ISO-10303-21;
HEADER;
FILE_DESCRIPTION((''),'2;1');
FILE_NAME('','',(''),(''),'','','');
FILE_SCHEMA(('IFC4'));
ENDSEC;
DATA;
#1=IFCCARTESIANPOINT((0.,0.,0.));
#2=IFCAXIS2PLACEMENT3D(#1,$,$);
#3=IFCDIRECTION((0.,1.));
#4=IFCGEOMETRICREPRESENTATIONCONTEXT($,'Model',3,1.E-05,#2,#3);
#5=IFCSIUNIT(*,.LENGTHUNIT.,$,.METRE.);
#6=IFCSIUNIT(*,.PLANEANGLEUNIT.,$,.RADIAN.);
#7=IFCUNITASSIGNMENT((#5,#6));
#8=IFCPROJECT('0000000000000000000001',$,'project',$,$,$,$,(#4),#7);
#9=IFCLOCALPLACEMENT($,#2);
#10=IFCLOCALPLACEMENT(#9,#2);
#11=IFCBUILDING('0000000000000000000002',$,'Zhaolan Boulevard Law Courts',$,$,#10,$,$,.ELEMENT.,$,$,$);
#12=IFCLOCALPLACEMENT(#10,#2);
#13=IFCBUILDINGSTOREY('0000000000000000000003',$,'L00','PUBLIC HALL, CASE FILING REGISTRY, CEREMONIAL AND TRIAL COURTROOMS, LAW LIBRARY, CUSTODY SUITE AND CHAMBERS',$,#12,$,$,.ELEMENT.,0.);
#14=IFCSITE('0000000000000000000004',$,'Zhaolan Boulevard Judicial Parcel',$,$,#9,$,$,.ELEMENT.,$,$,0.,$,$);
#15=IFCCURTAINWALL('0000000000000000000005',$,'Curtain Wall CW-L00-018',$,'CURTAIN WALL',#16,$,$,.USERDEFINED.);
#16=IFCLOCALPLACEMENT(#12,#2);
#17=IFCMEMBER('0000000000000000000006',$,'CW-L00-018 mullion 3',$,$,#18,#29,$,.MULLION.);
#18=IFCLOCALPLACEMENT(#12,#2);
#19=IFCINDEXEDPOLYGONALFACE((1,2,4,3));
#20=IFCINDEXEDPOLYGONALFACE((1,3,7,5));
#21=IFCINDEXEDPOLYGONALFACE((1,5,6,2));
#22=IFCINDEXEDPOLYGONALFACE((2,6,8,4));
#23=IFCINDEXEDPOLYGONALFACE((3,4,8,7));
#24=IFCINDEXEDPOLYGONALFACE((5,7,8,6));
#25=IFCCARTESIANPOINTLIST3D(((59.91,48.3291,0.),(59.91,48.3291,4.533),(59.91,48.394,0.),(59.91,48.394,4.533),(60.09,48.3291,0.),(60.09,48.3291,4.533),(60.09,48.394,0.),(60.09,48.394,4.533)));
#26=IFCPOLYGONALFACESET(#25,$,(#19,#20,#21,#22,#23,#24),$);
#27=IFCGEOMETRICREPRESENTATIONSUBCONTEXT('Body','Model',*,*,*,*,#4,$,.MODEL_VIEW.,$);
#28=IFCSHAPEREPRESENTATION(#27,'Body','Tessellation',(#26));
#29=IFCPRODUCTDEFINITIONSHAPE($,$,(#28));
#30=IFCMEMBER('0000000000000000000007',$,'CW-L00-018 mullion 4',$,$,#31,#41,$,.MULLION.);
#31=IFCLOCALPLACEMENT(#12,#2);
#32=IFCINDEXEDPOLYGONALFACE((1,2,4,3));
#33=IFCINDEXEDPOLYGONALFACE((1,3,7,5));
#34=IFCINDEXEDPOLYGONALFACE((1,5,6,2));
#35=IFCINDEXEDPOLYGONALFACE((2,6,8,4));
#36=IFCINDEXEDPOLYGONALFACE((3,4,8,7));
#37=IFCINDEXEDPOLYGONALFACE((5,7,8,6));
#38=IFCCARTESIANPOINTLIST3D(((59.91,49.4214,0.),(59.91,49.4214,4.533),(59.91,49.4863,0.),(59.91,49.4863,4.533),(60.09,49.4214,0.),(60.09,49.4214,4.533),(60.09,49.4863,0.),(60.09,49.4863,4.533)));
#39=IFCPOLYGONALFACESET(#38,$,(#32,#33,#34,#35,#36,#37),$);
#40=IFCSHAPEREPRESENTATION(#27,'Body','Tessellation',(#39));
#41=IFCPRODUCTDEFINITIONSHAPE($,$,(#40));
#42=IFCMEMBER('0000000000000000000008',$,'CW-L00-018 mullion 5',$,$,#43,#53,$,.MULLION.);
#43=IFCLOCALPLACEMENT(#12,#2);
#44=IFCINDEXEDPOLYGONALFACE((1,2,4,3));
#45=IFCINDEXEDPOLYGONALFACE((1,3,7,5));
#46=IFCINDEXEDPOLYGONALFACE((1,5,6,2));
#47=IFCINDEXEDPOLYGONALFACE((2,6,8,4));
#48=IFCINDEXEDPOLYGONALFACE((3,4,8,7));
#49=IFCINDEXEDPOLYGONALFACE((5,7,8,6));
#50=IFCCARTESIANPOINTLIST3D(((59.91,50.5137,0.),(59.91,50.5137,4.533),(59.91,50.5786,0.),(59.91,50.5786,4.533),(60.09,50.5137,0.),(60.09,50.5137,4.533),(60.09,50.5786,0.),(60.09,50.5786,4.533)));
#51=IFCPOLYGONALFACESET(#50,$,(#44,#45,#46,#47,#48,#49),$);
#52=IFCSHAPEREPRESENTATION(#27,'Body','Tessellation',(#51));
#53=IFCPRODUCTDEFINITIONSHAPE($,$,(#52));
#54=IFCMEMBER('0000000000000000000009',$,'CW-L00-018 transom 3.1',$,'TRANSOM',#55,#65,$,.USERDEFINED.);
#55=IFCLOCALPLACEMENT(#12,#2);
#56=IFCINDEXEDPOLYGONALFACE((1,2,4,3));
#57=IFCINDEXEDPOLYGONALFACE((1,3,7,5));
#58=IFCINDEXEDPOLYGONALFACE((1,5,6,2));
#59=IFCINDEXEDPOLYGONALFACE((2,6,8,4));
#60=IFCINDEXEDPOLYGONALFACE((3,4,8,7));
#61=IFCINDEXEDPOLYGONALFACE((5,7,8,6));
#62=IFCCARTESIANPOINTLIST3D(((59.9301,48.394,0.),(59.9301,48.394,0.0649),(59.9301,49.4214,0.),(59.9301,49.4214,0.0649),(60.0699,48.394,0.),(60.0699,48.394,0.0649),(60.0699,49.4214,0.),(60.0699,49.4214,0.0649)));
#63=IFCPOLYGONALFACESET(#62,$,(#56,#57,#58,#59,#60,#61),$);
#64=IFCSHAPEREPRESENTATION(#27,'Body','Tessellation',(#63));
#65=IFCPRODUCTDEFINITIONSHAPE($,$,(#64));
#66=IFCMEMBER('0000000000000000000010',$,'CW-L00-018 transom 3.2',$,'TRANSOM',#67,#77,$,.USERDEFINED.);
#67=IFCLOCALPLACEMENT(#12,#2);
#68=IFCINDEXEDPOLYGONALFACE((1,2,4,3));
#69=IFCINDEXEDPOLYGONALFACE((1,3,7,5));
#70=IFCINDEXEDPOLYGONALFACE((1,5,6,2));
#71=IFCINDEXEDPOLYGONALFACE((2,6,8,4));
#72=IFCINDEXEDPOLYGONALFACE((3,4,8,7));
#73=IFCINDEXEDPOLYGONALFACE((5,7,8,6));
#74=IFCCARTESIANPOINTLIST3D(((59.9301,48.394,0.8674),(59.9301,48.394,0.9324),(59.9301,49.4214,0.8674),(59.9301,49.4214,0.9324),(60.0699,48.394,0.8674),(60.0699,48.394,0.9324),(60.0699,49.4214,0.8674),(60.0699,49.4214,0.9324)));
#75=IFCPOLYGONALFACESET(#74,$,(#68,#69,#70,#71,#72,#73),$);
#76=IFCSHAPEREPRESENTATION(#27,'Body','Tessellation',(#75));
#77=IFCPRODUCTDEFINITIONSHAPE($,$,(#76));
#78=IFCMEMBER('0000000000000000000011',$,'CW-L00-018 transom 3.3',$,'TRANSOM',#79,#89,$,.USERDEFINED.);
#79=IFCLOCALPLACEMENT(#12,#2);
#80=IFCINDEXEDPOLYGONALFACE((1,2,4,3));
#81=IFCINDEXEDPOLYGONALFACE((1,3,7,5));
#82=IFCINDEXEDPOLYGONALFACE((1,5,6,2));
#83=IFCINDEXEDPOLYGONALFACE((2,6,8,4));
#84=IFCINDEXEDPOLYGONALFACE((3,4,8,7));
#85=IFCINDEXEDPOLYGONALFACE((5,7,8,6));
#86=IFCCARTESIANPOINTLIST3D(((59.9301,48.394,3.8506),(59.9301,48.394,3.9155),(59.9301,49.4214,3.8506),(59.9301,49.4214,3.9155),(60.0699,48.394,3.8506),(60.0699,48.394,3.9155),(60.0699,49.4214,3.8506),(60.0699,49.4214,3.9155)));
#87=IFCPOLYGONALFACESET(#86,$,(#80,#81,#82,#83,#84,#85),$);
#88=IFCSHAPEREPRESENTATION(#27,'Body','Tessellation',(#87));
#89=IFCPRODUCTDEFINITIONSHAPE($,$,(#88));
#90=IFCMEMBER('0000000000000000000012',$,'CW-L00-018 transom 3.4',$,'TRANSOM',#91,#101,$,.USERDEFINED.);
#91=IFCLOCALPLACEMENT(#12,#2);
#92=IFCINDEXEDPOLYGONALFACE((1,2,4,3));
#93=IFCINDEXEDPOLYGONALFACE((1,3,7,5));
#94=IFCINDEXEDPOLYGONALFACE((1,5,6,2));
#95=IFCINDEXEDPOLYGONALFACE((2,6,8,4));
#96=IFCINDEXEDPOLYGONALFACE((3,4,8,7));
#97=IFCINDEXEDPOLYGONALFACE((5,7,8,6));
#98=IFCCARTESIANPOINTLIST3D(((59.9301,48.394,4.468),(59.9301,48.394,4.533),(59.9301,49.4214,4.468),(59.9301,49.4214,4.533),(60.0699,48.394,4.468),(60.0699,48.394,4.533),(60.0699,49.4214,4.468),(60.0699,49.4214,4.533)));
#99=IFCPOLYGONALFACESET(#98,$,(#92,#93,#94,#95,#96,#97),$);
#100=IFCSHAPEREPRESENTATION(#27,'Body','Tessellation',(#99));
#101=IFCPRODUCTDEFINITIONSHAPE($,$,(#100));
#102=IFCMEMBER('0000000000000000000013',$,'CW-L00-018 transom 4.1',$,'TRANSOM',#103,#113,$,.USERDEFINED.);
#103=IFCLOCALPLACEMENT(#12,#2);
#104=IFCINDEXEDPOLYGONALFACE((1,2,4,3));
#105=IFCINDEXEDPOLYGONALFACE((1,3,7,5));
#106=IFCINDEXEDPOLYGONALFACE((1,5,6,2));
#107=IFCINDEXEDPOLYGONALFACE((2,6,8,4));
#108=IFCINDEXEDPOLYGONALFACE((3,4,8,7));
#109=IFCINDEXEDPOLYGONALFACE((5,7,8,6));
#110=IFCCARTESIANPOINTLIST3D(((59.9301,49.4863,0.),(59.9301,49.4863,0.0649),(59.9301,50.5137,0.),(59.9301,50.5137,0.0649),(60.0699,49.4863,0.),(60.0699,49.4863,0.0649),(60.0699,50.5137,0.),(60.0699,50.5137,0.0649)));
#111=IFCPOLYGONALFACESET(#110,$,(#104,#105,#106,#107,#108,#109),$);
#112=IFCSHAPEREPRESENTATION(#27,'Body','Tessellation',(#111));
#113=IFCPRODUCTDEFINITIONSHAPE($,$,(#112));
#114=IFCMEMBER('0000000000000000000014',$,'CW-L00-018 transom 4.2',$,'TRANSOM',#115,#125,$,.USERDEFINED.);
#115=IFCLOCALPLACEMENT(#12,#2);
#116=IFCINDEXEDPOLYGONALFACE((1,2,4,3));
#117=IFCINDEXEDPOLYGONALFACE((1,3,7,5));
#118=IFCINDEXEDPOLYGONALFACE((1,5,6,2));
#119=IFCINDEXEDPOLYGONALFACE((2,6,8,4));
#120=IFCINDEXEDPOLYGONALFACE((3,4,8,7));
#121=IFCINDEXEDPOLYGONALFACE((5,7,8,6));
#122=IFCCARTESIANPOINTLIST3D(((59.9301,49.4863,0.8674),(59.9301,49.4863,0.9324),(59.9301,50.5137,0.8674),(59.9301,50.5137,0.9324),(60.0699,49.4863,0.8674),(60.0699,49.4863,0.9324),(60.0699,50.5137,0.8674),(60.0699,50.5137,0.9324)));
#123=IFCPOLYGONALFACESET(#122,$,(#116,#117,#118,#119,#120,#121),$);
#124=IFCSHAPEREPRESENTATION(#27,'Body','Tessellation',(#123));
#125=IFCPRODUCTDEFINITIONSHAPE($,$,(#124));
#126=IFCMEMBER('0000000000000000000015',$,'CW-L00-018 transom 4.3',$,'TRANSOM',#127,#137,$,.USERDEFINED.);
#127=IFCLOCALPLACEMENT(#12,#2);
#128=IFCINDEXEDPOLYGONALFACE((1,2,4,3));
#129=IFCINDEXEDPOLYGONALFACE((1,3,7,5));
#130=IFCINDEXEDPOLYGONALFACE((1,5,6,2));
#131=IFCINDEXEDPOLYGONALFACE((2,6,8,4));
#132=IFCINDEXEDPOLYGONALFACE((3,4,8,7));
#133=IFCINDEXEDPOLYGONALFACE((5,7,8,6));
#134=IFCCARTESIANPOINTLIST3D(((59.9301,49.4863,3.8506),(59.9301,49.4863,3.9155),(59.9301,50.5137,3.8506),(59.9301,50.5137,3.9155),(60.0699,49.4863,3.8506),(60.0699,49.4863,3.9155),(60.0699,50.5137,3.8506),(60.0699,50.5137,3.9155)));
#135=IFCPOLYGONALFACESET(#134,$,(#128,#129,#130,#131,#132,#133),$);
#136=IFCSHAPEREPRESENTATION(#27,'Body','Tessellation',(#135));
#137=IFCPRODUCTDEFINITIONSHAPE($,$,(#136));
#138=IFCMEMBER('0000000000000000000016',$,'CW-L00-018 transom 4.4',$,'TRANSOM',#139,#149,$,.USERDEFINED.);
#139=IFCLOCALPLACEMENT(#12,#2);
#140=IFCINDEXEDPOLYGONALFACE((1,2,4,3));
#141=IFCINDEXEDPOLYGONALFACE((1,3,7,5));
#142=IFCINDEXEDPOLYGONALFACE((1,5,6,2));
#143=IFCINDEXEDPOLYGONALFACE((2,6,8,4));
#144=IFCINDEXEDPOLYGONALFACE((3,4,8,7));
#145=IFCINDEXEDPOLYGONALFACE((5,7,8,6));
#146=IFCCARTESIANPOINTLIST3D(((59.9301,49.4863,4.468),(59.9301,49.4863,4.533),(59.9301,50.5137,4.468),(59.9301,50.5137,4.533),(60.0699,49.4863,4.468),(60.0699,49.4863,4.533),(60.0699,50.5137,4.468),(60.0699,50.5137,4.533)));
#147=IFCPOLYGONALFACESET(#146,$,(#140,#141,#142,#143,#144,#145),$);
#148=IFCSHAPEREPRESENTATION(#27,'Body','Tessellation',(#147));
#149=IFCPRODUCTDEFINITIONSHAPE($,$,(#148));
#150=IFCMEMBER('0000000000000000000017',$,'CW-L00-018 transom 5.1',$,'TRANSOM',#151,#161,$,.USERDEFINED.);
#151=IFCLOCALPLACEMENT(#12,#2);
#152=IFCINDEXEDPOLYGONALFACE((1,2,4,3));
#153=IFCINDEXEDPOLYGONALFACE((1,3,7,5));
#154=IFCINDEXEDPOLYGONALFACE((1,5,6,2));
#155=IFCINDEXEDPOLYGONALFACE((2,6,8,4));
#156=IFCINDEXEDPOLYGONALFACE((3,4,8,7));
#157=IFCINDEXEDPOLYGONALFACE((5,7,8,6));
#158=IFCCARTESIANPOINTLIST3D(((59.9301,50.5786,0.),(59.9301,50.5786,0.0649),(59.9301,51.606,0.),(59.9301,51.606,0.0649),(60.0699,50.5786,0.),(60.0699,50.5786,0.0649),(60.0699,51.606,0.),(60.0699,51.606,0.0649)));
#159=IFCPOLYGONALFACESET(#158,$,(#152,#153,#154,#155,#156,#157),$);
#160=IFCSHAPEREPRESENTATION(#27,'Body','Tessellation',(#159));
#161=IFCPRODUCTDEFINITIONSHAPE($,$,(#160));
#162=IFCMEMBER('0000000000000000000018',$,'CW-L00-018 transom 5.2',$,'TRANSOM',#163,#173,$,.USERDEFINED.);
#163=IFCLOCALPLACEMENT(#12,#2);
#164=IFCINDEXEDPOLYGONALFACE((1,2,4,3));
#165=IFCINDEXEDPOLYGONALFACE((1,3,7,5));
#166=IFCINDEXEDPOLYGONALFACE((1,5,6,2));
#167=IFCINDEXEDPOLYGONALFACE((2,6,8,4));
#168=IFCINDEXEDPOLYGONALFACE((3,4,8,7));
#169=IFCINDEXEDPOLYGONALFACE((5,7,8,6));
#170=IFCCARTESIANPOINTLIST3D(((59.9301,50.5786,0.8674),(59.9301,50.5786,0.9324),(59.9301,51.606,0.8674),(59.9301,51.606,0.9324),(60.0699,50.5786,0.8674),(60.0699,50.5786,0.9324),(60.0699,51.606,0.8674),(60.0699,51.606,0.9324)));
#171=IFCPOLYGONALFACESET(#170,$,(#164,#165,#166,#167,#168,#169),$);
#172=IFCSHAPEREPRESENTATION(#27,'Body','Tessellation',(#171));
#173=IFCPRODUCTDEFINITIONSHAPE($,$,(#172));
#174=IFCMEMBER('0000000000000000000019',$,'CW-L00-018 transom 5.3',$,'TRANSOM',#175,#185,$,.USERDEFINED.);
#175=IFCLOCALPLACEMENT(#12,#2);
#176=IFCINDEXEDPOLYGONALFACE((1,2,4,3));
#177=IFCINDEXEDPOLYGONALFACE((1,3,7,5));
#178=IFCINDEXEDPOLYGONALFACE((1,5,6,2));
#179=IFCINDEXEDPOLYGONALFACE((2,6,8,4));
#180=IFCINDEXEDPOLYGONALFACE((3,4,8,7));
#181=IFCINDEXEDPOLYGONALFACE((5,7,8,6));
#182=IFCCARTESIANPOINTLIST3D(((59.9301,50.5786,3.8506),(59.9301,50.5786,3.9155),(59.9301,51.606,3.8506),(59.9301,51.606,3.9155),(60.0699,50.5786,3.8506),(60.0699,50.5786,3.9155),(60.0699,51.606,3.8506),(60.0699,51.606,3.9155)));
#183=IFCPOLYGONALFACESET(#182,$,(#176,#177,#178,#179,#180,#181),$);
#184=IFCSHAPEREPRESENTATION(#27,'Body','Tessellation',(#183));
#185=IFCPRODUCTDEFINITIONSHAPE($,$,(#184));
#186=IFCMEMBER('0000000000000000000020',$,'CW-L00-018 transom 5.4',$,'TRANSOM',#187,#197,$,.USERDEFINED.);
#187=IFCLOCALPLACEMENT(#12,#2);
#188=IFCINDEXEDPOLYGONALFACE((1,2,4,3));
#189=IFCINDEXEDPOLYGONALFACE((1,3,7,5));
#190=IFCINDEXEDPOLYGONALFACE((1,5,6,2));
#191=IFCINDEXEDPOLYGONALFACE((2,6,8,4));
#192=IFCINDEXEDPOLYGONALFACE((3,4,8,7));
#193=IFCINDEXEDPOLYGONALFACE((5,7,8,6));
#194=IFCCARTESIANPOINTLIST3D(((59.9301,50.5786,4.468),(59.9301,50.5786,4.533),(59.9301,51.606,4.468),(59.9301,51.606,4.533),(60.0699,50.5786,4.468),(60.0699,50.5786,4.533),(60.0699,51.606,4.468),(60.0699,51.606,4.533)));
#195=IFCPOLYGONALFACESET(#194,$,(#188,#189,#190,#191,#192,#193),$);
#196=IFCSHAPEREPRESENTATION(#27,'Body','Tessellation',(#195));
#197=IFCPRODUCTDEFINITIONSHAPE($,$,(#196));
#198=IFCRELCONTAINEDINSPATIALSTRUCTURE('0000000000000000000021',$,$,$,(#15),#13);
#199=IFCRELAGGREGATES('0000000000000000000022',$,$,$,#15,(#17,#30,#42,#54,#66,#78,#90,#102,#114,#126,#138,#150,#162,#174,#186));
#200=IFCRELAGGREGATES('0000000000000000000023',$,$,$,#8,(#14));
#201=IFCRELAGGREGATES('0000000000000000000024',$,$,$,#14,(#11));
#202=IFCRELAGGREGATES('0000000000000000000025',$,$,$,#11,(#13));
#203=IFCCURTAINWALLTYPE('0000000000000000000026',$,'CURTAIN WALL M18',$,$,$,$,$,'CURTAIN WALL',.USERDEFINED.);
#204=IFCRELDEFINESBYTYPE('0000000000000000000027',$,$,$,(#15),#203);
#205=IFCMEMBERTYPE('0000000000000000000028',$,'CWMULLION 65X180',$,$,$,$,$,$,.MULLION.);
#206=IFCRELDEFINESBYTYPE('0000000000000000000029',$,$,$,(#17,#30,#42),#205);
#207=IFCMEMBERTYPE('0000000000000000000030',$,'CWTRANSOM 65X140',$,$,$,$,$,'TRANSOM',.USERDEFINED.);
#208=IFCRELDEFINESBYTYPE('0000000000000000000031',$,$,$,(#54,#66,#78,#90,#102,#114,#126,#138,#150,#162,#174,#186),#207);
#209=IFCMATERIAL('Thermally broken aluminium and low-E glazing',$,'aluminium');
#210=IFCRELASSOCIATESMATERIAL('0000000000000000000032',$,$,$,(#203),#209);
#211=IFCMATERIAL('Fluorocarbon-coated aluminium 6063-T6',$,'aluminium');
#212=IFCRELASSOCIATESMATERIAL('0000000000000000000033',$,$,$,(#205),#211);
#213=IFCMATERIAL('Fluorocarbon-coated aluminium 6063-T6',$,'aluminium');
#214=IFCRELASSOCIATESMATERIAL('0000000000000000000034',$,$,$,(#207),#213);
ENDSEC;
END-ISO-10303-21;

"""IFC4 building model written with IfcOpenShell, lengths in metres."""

from ifc_helpers import new_model, si_unit, direction, frame, origin, origin_2d, place, context, subcontext, project, spatial, rectangle, extrude, material, material_profile, profile_set, type_object, element, aggregate, save


model = new_model("IFC4")

# Units and contexts
model_context = context("Model", 3, precision=1e-05, world=origin(), true_north=direction((0.0, 1.0)))
body_context = subcontext(model_context, "Body", "Model", "MODEL_VIEW")
ifc_project = project(units=[si_unit("LENGTHUNIT", "METRE"), si_unit("PLANEANGLEUNIT", "RADIAN")], contexts=[model_context])

# Site, building, storey
site_placement = place(None, origin())
site = spatial("IfcSite", under=ifc_project, at=site_placement, Name="Zhaolan Boulevard Judicial Parcel", CompositionType="ELEMENT", RefElevation=0.0)
building_placement = place(site_placement, origin())
building = spatial("IfcBuilding", under=site, at=building_placement, Name="Zhaolan Boulevard Law Courts", CompositionType="ELEMENT")
storey_placement = place(building_placement, origin())
storey = spatial("IfcBuildingStorey", under=building, at=storey_placement, Name="L00", Description="PUBLIC HALL, CASE FILING REGISTRY, CEREMONIAL AND TRIAL COURTROOMS, LAW LIBRARY, CUSTODY SUITE AND CHAMBERS", CompositionType="ELEMENT", Elevation=0.0)

# Curtain wall, members
ifc_material_1 = material(Name="Thermally broken aluminium and low-E glazing", Category="aluminium")
curtain_wall_type = type_object("IfcCurtainWallType", Name="CURTAIN WALL M18", ElementType="CURTAIN WALL", PredefinedType="USERDEFINED", material=ifc_material_1)
curtain_wall_placement = place(storey_placement, origin())
curtain_wall = element("IfcCurtainWall", 1, at=curtain_wall_placement, inside=storey, type_object=curtain_wall_type, Name="Curtain Wall CW-L00-018", ObjectType="CURTAIN WALL", PredefinedType="USERDEFINED")
ifc_material_2 = material(Name="Fluorocarbon-coated aluminium 6063-T6", Category="aluminium")
ifc_material_profile_1 = material_profile(ifc_material_2, rectangle(XDim=0.1799, YDim=0.0649, at=origin_2d()), Name="AL65x180")
ifc_profile_set_1 = profile_set([ifc_material_profile_1], Name="Fluorocarbon-coated aluminium 6063-T6")
member_type_1 = type_object("IfcMemberType", Name="CWMULLION 65X180", PredefinedType="MULLION", material=ifc_profile_set_1)
member_1_placement = place(storey_placement, frame((60.0, 48.3616, 0.0), z_axis=(0.0, 0.0, 1.0), x_axis=(-1.0, 0.0, 0.0)))
member_1 = element("IfcMember", 2, at=member_1_placement, type_object=member_type_1, Name="CW-L00-018 mullion 3", PredefinedType="MULLION", context=body_context, shape_type="SweptSolid", body=[
    extrude(rectangle(XDim=0.1799, YDim=0.0649, at=origin_2d()), origin(), (0.0, 0.0, 1.0), 4.533),
])
member_2_placement = place(storey_placement, frame((60.0, 49.4539, 0.0), z_axis=(0.0, 0.0, 1.0), x_axis=(-1.0, 0.0, 0.0)))
member_2 = element("IfcMember", 3, at=member_2_placement, type_object=member_type_1, Name="CW-L00-018 mullion 4", PredefinedType="MULLION", context=body_context, shape_type="SweptSolid", body=[
    extrude(rectangle(XDim=0.1799, YDim=0.0649, at=origin_2d()), origin(), (0.0, 0.0, 1.0), 4.533),
])
member_3_placement = place(storey_placement, frame((60.0, 50.5461, 0.0), z_axis=(0.0, 0.0, 1.0), x_axis=(-1.0, 0.0, 0.0)))
member_3 = element("IfcMember", 4, at=member_3_placement, type_object=member_type_1, Name="CW-L00-018 mullion 5", PredefinedType="MULLION", context=body_context, shape_type="SweptSolid", body=[
    extrude(rectangle(XDim=0.1799, YDim=0.0649, at=origin_2d()), origin(), (0.0, 0.0, 1.0), 4.533),
])
ifc_material_3 = material(Name="Fluorocarbon-coated aluminium 6063-T6", Category="aluminium")
ifc_material_profile_2 = material_profile(ifc_material_3, rectangle(XDim=0.1399, YDim=0.0649, at=origin_2d()), Name="AL65x140")
ifc_profile_set_2 = profile_set([ifc_material_profile_2], Name="Fluorocarbon-coated aluminium 6063-T6")
member_type_2 = type_object("IfcMemberType", Name="CWTRANSOM 65X140", ElementType="TRANSOM", PredefinedType="USERDEFINED", material=ifc_profile_set_2)
member_4_placement = place(storey_placement, frame((60.0, 48.394, 0.0325), z_axis=(0.0, 1.0, 0.0), x_axis=(-1.0, 0.0, 0.0)))
member_4 = element("IfcMember", 5, at=member_4_placement, type_object=member_type_2, Name="CW-L00-018 transom 3.1", ObjectType="TRANSOM", PredefinedType="USERDEFINED", context=body_context, shape_type="SweptSolid", body=[
    extrude(rectangle(XDim=0.1399, YDim=0.0649, at=origin_2d()), origin(), (0.0, 0.0, 1.0), 1.0273),
])
member_5_placement = place(storey_placement, frame((60.0, 48.394, 0.8999), z_axis=(0.0, 1.0, 0.0), x_axis=(-1.0, 0.0, 0.0)))
member_5 = element("IfcMember", 6, at=member_5_placement, type_object=member_type_2, Name="CW-L00-018 transom 3.2", ObjectType="TRANSOM", PredefinedType="USERDEFINED", context=body_context, shape_type="SweptSolid", body=[
    extrude(rectangle(XDim=0.1399, YDim=0.0649, at=origin_2d()), origin(), (0.0, 0.0, 1.0), 1.0273),
])
member_6_placement = place(storey_placement, frame((60.0, 48.394, 3.8831), z_axis=(0.0, 1.0, 0.0), x_axis=(-1.0, 0.0, 0.0)))
member_6 = element("IfcMember", 7, at=member_6_placement, type_object=member_type_2, Name="CW-L00-018 transom 3.3", ObjectType="TRANSOM", PredefinedType="USERDEFINED", context=body_context, shape_type="SweptSolid", body=[
    extrude(rectangle(XDim=0.1399, YDim=0.0649, at=origin_2d()), origin(), (0.0, 0.0, 1.0), 1.0273),
])
member_7_placement = place(storey_placement, frame((60.0, 48.394, 4.5005), z_axis=(0.0, 1.0, 0.0), x_axis=(-1.0, 0.0, 0.0)))
member_7 = element("IfcMember", 8, at=member_7_placement, type_object=member_type_2, Name="CW-L00-018 transom 3.4", ObjectType="TRANSOM", PredefinedType="USERDEFINED", context=body_context, shape_type="SweptSolid", body=[
    extrude(rectangle(XDim=0.1399, YDim=0.0649, at=origin_2d()), origin(), (0.0, 0.0, 1.0), 1.0273),
])
member_8_placement = place(storey_placement, frame((60.0, 49.4863, 0.0325), z_axis=(0.0, 1.0, 0.0), x_axis=(-1.0, 0.0, 0.0)))
member_8 = element("IfcMember", 9, at=member_8_placement, type_object=member_type_2, Name="CW-L00-018 transom 4.1", ObjectType="TRANSOM", PredefinedType="USERDEFINED", context=body_context, shape_type="SweptSolid", body=[
    extrude(rectangle(XDim=0.1399, YDim=0.0649, at=origin_2d()), origin(), (0.0, 0.0, 1.0), 1.0273),
])
member_9_placement = place(storey_placement, frame((60.0, 49.4863, 0.8999), z_axis=(0.0, 1.0, 0.0), x_axis=(-1.0, 0.0, 0.0)))
member_9 = element("IfcMember", 10, at=member_9_placement, type_object=member_type_2, Name="CW-L00-018 transom 4.2", ObjectType="TRANSOM", PredefinedType="USERDEFINED", context=body_context, shape_type="SweptSolid", body=[
    extrude(rectangle(XDim=0.1399, YDim=0.0649, at=origin_2d()), origin(), (0.0, 0.0, 1.0), 1.0273),
])
member_10_placement = place(storey_placement, frame((60.0, 49.4863, 3.8831), z_axis=(0.0, 1.0, 0.0), x_axis=(-1.0, 0.0, 0.0)))
member_10 = element("IfcMember", 11, at=member_10_placement, type_object=member_type_2, Name="CW-L00-018 transom 4.3", ObjectType="TRANSOM", PredefinedType="USERDEFINED", context=body_context, shape_type="SweptSolid", body=[
    extrude(rectangle(XDim=0.1399, YDim=0.0649, at=origin_2d()), origin(), (0.0, 0.0, 1.0), 1.0273),
])
member_11_placement = place(storey_placement, frame((60.0, 49.4863, 4.5005), z_axis=(0.0, 1.0, 0.0), x_axis=(-1.0, 0.0, 0.0)))
member_11 = element("IfcMember", 12, at=member_11_placement, type_object=member_type_2, Name="CW-L00-018 transom 4.4", ObjectType="TRANSOM", PredefinedType="USERDEFINED", context=body_context, shape_type="SweptSolid", body=[
    extrude(rectangle(XDim=0.1399, YDim=0.0649, at=origin_2d()), origin(), (0.0, 0.0, 1.0), 1.0273),
])
member_12_placement = place(storey_placement, frame((60.0, 50.5786, 0.0325), z_axis=(0.0, 1.0, 0.0), x_axis=(-1.0, 0.0, 0.0)))
member_12 = element("IfcMember", 13, at=member_12_placement, type_object=member_type_2, Name="CW-L00-018 transom 5.1", ObjectType="TRANSOM", PredefinedType="USERDEFINED", context=body_context, shape_type="SweptSolid", body=[
    extrude(rectangle(XDim=0.1399, YDim=0.0649, at=origin_2d()), origin(), (0.0, 0.0, 1.0), 1.0273),
])
member_13_placement = place(storey_placement, frame((60.0, 50.5786, 0.8999), z_axis=(0.0, 1.0, 0.0), x_axis=(-1.0, 0.0, 0.0)))
member_13 = element("IfcMember", 14, at=member_13_placement, type_object=member_type_2, Name="CW-L00-018 transom 5.2", ObjectType="TRANSOM", PredefinedType="USERDEFINED", context=body_context, shape_type="SweptSolid", body=[
    extrude(rectangle(XDim=0.1399, YDim=0.0649, at=origin_2d()), origin(), (0.0, 0.0, 1.0), 1.0273),
])
member_14_placement = place(storey_placement, frame((60.0, 50.5786, 3.8831), z_axis=(0.0, 1.0, 0.0), x_axis=(-1.0, 0.0, 0.0)))
member_14 = element("IfcMember", 15, at=member_14_placement, type_object=member_type_2, Name="CW-L00-018 transom 5.3", ObjectType="TRANSOM", PredefinedType="USERDEFINED", context=body_context, shape_type="SweptSolid", body=[
    extrude(rectangle(XDim=0.1399, YDim=0.0649, at=origin_2d()), origin(), (0.0, 0.0, 1.0), 1.0273),
])
member_15_placement = place(storey_placement, frame((60.0, 50.5786, 4.5005), z_axis=(0.0, 1.0, 0.0), x_axis=(-1.0, 0.0, 0.0)))
member_15 = element("IfcMember", 16, at=member_15_placement, type_object=member_type_2, Name="CW-L00-018 transom 5.4", ObjectType="TRANSOM", PredefinedType="USERDEFINED", context=body_context, shape_type="SweptSolid", body=[
    extrude(rectangle(XDim=0.1399, YDim=0.0649, at=origin_2d()), origin(), (0.0, 0.0, 1.0), 1.0273),
])
aggregate(curtain_wall, [member_1, member_2, member_3, member_4, member_5, member_6, member_7, member_8, member_9, member_10, member_11, member_12, member_13, member_14, member_15])

save(model, "model.ifc")
